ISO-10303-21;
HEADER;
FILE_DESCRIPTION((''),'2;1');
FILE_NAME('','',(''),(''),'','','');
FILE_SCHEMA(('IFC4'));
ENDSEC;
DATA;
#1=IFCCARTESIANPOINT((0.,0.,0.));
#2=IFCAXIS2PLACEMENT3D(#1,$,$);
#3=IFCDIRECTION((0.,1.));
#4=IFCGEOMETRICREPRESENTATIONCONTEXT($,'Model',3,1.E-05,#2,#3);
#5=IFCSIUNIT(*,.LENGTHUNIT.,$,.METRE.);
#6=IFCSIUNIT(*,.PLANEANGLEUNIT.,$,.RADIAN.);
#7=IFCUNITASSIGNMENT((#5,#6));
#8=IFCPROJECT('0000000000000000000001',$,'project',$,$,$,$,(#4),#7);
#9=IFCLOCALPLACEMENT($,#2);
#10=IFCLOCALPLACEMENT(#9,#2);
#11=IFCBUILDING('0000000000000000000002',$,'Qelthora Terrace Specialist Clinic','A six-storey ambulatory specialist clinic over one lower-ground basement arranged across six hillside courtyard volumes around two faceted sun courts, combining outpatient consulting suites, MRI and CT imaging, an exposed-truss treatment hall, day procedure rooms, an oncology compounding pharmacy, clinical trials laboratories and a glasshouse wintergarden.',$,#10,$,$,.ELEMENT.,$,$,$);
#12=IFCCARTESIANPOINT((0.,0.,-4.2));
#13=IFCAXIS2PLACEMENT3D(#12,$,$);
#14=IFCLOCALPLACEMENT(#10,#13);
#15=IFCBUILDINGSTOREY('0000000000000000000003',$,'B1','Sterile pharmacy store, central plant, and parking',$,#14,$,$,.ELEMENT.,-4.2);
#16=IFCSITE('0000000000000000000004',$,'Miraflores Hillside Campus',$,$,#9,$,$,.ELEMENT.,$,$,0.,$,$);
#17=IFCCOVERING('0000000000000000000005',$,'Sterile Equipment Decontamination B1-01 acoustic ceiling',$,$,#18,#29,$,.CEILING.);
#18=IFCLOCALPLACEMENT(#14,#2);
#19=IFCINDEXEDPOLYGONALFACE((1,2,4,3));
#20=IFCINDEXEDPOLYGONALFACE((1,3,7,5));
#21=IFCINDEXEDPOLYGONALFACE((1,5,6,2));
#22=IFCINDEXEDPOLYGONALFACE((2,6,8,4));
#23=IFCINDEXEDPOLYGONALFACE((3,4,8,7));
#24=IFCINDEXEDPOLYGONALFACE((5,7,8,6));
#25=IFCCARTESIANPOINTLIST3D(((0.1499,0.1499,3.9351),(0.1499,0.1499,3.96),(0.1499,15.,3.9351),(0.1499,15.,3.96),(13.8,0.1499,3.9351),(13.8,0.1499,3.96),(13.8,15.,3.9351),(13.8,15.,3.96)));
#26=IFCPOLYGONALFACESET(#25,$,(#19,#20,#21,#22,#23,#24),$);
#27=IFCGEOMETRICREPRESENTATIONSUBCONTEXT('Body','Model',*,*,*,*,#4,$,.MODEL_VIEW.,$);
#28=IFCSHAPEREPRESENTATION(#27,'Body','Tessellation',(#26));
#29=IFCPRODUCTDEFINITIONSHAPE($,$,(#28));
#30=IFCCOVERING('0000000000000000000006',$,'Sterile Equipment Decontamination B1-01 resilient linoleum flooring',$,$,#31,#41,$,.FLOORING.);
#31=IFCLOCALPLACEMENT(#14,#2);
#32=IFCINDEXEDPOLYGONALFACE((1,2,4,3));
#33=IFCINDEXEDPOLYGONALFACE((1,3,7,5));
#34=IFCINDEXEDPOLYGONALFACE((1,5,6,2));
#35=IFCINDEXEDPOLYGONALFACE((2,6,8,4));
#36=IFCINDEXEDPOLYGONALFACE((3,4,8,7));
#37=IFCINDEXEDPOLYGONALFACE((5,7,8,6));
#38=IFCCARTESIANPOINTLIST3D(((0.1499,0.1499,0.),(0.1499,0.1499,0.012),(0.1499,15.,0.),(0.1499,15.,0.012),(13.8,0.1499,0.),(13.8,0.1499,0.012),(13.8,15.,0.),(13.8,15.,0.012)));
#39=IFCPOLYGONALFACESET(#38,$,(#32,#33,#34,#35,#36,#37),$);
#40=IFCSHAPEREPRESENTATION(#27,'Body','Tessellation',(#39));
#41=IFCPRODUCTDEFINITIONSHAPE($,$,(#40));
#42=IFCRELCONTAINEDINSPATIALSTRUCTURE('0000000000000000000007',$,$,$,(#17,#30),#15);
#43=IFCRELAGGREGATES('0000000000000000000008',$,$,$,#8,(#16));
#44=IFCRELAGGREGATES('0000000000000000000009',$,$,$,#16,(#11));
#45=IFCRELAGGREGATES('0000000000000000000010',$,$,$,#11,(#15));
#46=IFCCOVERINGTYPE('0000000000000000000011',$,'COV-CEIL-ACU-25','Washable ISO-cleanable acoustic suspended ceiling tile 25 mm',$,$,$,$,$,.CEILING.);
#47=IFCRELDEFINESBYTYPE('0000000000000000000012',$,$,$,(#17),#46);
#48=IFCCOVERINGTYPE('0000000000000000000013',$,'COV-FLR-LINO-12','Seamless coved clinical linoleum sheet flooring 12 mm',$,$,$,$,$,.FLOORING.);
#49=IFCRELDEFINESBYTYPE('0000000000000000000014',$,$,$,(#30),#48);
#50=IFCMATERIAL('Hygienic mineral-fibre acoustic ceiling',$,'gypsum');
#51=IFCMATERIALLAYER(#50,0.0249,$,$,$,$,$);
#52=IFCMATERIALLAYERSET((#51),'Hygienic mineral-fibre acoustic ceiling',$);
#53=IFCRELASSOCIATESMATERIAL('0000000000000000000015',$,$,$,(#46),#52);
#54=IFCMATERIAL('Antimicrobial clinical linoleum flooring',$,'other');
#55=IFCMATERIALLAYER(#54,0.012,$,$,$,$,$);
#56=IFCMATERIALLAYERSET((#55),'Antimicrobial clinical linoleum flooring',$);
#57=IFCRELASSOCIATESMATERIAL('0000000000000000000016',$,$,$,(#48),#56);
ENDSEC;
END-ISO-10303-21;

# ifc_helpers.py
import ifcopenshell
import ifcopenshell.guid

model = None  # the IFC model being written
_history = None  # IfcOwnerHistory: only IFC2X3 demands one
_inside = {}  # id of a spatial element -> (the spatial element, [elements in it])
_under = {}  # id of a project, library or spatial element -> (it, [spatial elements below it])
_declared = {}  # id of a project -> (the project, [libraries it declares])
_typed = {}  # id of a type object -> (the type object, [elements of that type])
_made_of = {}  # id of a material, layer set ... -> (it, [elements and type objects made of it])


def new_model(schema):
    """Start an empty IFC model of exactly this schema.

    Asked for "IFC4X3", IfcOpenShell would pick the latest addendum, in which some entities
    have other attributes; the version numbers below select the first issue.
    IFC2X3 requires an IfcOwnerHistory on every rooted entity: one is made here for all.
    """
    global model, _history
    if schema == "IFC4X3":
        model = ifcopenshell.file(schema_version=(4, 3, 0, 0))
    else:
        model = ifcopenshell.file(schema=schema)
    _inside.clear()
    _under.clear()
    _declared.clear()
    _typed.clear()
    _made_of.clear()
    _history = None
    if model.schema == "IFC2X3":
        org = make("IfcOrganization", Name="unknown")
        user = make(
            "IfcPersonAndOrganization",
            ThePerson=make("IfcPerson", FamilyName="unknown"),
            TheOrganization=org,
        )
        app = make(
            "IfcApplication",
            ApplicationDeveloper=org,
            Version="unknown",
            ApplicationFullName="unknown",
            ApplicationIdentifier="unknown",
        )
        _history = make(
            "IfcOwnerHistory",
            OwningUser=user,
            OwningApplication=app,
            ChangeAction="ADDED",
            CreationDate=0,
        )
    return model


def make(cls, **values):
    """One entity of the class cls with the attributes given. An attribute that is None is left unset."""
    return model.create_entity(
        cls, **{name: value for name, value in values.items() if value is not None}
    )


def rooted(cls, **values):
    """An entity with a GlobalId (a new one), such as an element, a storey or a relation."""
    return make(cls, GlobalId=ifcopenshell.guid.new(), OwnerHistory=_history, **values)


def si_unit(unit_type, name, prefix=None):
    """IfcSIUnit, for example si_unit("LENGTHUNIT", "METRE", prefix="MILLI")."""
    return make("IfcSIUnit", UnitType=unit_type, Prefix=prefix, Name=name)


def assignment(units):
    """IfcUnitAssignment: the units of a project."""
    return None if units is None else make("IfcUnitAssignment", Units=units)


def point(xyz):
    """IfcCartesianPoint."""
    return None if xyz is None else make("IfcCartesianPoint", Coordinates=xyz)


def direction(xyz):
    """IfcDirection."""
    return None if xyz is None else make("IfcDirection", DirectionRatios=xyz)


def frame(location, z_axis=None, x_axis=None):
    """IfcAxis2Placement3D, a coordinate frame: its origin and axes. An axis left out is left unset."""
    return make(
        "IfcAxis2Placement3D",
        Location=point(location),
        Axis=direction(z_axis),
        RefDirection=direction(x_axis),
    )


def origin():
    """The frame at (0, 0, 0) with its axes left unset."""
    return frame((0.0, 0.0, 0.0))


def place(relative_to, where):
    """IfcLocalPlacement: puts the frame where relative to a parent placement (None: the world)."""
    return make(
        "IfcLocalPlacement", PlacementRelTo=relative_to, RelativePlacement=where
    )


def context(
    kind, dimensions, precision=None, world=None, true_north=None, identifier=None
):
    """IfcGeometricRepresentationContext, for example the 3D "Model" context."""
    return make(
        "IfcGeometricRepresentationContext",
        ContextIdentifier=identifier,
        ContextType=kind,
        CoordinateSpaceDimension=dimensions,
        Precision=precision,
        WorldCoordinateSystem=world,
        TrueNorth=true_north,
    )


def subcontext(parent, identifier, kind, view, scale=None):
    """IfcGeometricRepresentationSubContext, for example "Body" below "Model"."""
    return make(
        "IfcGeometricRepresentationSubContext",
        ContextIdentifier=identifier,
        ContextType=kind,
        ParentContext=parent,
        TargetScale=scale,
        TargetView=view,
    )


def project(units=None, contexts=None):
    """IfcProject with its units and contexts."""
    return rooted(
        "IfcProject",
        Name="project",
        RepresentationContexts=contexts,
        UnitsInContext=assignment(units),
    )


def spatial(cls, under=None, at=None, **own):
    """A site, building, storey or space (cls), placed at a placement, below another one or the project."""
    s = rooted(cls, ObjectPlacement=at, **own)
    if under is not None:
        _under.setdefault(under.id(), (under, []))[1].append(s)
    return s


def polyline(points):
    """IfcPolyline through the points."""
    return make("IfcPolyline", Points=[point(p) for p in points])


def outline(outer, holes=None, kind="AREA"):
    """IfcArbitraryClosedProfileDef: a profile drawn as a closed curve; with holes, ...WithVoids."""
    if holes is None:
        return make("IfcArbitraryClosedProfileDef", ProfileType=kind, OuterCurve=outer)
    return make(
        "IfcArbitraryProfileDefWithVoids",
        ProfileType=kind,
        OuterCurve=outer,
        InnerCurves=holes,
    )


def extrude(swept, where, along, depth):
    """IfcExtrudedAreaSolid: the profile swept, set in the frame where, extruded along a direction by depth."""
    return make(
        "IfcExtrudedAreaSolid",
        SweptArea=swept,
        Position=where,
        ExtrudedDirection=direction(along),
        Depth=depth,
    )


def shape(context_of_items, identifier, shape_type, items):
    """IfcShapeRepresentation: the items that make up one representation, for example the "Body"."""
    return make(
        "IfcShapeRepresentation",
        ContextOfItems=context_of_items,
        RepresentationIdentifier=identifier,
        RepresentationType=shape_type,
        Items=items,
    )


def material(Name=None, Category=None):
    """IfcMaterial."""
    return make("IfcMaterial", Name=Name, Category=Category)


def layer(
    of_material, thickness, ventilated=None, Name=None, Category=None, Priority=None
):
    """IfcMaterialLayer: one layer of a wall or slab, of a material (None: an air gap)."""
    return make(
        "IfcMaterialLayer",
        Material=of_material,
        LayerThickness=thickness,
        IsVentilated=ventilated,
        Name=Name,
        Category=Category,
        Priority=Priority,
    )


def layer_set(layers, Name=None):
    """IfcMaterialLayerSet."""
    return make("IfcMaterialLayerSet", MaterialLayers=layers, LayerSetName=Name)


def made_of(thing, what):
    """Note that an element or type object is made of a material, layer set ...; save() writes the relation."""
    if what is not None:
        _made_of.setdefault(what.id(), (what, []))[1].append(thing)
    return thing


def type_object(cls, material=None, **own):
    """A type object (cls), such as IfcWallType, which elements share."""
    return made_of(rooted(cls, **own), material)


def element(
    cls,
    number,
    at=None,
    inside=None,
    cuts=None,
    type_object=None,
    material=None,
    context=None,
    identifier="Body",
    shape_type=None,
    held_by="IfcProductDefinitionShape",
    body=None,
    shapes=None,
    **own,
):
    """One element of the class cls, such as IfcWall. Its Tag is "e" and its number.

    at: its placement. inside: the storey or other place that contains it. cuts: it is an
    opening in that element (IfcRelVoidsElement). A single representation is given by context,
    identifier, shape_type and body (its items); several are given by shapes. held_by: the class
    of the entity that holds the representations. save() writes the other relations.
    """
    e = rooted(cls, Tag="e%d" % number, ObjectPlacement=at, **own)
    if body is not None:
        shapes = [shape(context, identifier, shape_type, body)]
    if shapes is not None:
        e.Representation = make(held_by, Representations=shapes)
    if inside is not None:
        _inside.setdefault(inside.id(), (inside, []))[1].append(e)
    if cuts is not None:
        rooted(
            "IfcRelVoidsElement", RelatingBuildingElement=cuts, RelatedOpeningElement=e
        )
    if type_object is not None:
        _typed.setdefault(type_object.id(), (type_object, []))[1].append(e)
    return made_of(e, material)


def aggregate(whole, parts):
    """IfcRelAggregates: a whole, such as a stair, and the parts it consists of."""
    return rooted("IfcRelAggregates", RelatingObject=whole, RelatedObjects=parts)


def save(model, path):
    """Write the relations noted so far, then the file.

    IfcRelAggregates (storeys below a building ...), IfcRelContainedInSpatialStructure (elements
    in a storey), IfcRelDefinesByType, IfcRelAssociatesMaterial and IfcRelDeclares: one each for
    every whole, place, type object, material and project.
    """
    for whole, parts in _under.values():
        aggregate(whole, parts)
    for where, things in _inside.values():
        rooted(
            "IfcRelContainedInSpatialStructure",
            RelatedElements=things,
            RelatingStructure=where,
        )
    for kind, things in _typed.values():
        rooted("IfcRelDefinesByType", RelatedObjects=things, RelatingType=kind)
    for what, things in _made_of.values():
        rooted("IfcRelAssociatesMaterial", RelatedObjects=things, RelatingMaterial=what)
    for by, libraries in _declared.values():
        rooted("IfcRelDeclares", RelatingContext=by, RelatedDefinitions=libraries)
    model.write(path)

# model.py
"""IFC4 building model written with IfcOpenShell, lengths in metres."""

from ifc_helpers import new_model, si_unit, direction, frame, origin, place, context, subcontext, project, spatial, polyline, outline, extrude, material, layer, layer_set, type_object, element, save


model = new_model("IFC4")

# Units and contexts
model_context = context("Model", 3, precision=1e-05, world=origin(), true_north=direction((0.0, 1.0)))
body_context = subcontext(model_context, "Body", "Model", "MODEL_VIEW")
ifc_project = project(units=[si_unit("LENGTHUNIT", "METRE"), si_unit("PLANEANGLEUNIT", "RADIAN")], contexts=[model_context])

# Site, building, storey
site_placement = place(None, origin())
site = spatial("IfcSite", under=ifc_project, at=site_placement, Name="Miraflores Hillside Campus", CompositionType="ELEMENT", RefElevation=0.0)
building_placement = place(site_placement, origin())
building = spatial("IfcBuilding", under=site, at=building_placement, Name="Qelthora Terrace Specialist Clinic", Description="A six-storey ambulatory specialist clinic over one lower-ground basement arranged across six hillside courtyard volumes around two faceted sun courts, combining outpatient consulting suites, MRI and CT imaging, an exposed-truss treatment hall, day procedure rooms, an oncology compounding pharmacy, clinical trials laboratories and a glasshouse wintergarden.", CompositionType="ELEMENT")
storey_placement = place(building_placement, frame((0.0, 0.0, -4.2)))
storey = spatial("IfcBuildingStorey", under=building, at=storey_placement, Name="B1", Description="Sterile pharmacy store, central plant, and parking", CompositionType="ELEMENT", Elevation=-4.2)

# Coverings
ifc_material_1 = material(Name="Hygienic mineral-fibre acoustic ceiling", Category="gypsum")
ifc_layer_1 = layer(ifc_material_1, 0.0249)
ifc_layer_set_1 = layer_set([ifc_layer_1], Name="Hygienic mineral-fibre acoustic ceiling")
covering_type_1 = type_object("IfcCoveringType", Name="COV-CEIL-ACU-25", Description="Washable ISO-cleanable acoustic suspended ceiling tile 25 mm", PredefinedType="CEILING", material=ifc_layer_set_1)
covering_1_placement = place(storey_placement, frame((0.0, 0.0, 3.9351)))
element("IfcCovering", 1, at=covering_1_placement, inside=storey, type_object=covering_type_1, Name="Sterile Equipment Decontamination B1-01 acoustic ceiling", PredefinedType="CEILING", context=body_context, shape_type="SweptSolid", body=[
    extrude(outline(polyline([(0.1499, 0.1499), (0.1499, 15.0), (13.8, 15.0), (13.8, 0.1499), (0.1499, 0.1499)])), origin(), (0.0, 0.0, 1.0), 0.0249),
])
ifc_material_2 = material(Name="Antimicrobial clinical linoleum flooring", Category="other")
ifc_layer_2 = layer(ifc_material_2, 0.012)
ifc_layer_set_2 = layer_set([ifc_layer_2], Name="Antimicrobial clinical linoleum flooring")
covering_type_2 = type_object("IfcCoveringType", Name="COV-FLR-LINO-12", Description="Seamless coved clinical linoleum sheet flooring 12 mm", PredefinedType="FLOORING", material=ifc_layer_set_2)
covering_2_placement = place(storey_placement, origin())
element("IfcCovering", 2, at=covering_2_placement, inside=storey, type_object=covering_type_2, Name="Sterile Equipment Decontamination B1-01 resilient linoleum flooring", PredefinedType="FLOORING", context=body_context, shape_type="SweptSolid", body=[
    extrude(outline(polyline([(0.1499, 0.1499), (0.1499, 15.0), (13.8, 15.0), (13.8, 0.1499), (0.1499, 0.1499)])), origin(), (0.0, 0.0, 1.0), 0.012),
])

save(model, "model.ifc")
